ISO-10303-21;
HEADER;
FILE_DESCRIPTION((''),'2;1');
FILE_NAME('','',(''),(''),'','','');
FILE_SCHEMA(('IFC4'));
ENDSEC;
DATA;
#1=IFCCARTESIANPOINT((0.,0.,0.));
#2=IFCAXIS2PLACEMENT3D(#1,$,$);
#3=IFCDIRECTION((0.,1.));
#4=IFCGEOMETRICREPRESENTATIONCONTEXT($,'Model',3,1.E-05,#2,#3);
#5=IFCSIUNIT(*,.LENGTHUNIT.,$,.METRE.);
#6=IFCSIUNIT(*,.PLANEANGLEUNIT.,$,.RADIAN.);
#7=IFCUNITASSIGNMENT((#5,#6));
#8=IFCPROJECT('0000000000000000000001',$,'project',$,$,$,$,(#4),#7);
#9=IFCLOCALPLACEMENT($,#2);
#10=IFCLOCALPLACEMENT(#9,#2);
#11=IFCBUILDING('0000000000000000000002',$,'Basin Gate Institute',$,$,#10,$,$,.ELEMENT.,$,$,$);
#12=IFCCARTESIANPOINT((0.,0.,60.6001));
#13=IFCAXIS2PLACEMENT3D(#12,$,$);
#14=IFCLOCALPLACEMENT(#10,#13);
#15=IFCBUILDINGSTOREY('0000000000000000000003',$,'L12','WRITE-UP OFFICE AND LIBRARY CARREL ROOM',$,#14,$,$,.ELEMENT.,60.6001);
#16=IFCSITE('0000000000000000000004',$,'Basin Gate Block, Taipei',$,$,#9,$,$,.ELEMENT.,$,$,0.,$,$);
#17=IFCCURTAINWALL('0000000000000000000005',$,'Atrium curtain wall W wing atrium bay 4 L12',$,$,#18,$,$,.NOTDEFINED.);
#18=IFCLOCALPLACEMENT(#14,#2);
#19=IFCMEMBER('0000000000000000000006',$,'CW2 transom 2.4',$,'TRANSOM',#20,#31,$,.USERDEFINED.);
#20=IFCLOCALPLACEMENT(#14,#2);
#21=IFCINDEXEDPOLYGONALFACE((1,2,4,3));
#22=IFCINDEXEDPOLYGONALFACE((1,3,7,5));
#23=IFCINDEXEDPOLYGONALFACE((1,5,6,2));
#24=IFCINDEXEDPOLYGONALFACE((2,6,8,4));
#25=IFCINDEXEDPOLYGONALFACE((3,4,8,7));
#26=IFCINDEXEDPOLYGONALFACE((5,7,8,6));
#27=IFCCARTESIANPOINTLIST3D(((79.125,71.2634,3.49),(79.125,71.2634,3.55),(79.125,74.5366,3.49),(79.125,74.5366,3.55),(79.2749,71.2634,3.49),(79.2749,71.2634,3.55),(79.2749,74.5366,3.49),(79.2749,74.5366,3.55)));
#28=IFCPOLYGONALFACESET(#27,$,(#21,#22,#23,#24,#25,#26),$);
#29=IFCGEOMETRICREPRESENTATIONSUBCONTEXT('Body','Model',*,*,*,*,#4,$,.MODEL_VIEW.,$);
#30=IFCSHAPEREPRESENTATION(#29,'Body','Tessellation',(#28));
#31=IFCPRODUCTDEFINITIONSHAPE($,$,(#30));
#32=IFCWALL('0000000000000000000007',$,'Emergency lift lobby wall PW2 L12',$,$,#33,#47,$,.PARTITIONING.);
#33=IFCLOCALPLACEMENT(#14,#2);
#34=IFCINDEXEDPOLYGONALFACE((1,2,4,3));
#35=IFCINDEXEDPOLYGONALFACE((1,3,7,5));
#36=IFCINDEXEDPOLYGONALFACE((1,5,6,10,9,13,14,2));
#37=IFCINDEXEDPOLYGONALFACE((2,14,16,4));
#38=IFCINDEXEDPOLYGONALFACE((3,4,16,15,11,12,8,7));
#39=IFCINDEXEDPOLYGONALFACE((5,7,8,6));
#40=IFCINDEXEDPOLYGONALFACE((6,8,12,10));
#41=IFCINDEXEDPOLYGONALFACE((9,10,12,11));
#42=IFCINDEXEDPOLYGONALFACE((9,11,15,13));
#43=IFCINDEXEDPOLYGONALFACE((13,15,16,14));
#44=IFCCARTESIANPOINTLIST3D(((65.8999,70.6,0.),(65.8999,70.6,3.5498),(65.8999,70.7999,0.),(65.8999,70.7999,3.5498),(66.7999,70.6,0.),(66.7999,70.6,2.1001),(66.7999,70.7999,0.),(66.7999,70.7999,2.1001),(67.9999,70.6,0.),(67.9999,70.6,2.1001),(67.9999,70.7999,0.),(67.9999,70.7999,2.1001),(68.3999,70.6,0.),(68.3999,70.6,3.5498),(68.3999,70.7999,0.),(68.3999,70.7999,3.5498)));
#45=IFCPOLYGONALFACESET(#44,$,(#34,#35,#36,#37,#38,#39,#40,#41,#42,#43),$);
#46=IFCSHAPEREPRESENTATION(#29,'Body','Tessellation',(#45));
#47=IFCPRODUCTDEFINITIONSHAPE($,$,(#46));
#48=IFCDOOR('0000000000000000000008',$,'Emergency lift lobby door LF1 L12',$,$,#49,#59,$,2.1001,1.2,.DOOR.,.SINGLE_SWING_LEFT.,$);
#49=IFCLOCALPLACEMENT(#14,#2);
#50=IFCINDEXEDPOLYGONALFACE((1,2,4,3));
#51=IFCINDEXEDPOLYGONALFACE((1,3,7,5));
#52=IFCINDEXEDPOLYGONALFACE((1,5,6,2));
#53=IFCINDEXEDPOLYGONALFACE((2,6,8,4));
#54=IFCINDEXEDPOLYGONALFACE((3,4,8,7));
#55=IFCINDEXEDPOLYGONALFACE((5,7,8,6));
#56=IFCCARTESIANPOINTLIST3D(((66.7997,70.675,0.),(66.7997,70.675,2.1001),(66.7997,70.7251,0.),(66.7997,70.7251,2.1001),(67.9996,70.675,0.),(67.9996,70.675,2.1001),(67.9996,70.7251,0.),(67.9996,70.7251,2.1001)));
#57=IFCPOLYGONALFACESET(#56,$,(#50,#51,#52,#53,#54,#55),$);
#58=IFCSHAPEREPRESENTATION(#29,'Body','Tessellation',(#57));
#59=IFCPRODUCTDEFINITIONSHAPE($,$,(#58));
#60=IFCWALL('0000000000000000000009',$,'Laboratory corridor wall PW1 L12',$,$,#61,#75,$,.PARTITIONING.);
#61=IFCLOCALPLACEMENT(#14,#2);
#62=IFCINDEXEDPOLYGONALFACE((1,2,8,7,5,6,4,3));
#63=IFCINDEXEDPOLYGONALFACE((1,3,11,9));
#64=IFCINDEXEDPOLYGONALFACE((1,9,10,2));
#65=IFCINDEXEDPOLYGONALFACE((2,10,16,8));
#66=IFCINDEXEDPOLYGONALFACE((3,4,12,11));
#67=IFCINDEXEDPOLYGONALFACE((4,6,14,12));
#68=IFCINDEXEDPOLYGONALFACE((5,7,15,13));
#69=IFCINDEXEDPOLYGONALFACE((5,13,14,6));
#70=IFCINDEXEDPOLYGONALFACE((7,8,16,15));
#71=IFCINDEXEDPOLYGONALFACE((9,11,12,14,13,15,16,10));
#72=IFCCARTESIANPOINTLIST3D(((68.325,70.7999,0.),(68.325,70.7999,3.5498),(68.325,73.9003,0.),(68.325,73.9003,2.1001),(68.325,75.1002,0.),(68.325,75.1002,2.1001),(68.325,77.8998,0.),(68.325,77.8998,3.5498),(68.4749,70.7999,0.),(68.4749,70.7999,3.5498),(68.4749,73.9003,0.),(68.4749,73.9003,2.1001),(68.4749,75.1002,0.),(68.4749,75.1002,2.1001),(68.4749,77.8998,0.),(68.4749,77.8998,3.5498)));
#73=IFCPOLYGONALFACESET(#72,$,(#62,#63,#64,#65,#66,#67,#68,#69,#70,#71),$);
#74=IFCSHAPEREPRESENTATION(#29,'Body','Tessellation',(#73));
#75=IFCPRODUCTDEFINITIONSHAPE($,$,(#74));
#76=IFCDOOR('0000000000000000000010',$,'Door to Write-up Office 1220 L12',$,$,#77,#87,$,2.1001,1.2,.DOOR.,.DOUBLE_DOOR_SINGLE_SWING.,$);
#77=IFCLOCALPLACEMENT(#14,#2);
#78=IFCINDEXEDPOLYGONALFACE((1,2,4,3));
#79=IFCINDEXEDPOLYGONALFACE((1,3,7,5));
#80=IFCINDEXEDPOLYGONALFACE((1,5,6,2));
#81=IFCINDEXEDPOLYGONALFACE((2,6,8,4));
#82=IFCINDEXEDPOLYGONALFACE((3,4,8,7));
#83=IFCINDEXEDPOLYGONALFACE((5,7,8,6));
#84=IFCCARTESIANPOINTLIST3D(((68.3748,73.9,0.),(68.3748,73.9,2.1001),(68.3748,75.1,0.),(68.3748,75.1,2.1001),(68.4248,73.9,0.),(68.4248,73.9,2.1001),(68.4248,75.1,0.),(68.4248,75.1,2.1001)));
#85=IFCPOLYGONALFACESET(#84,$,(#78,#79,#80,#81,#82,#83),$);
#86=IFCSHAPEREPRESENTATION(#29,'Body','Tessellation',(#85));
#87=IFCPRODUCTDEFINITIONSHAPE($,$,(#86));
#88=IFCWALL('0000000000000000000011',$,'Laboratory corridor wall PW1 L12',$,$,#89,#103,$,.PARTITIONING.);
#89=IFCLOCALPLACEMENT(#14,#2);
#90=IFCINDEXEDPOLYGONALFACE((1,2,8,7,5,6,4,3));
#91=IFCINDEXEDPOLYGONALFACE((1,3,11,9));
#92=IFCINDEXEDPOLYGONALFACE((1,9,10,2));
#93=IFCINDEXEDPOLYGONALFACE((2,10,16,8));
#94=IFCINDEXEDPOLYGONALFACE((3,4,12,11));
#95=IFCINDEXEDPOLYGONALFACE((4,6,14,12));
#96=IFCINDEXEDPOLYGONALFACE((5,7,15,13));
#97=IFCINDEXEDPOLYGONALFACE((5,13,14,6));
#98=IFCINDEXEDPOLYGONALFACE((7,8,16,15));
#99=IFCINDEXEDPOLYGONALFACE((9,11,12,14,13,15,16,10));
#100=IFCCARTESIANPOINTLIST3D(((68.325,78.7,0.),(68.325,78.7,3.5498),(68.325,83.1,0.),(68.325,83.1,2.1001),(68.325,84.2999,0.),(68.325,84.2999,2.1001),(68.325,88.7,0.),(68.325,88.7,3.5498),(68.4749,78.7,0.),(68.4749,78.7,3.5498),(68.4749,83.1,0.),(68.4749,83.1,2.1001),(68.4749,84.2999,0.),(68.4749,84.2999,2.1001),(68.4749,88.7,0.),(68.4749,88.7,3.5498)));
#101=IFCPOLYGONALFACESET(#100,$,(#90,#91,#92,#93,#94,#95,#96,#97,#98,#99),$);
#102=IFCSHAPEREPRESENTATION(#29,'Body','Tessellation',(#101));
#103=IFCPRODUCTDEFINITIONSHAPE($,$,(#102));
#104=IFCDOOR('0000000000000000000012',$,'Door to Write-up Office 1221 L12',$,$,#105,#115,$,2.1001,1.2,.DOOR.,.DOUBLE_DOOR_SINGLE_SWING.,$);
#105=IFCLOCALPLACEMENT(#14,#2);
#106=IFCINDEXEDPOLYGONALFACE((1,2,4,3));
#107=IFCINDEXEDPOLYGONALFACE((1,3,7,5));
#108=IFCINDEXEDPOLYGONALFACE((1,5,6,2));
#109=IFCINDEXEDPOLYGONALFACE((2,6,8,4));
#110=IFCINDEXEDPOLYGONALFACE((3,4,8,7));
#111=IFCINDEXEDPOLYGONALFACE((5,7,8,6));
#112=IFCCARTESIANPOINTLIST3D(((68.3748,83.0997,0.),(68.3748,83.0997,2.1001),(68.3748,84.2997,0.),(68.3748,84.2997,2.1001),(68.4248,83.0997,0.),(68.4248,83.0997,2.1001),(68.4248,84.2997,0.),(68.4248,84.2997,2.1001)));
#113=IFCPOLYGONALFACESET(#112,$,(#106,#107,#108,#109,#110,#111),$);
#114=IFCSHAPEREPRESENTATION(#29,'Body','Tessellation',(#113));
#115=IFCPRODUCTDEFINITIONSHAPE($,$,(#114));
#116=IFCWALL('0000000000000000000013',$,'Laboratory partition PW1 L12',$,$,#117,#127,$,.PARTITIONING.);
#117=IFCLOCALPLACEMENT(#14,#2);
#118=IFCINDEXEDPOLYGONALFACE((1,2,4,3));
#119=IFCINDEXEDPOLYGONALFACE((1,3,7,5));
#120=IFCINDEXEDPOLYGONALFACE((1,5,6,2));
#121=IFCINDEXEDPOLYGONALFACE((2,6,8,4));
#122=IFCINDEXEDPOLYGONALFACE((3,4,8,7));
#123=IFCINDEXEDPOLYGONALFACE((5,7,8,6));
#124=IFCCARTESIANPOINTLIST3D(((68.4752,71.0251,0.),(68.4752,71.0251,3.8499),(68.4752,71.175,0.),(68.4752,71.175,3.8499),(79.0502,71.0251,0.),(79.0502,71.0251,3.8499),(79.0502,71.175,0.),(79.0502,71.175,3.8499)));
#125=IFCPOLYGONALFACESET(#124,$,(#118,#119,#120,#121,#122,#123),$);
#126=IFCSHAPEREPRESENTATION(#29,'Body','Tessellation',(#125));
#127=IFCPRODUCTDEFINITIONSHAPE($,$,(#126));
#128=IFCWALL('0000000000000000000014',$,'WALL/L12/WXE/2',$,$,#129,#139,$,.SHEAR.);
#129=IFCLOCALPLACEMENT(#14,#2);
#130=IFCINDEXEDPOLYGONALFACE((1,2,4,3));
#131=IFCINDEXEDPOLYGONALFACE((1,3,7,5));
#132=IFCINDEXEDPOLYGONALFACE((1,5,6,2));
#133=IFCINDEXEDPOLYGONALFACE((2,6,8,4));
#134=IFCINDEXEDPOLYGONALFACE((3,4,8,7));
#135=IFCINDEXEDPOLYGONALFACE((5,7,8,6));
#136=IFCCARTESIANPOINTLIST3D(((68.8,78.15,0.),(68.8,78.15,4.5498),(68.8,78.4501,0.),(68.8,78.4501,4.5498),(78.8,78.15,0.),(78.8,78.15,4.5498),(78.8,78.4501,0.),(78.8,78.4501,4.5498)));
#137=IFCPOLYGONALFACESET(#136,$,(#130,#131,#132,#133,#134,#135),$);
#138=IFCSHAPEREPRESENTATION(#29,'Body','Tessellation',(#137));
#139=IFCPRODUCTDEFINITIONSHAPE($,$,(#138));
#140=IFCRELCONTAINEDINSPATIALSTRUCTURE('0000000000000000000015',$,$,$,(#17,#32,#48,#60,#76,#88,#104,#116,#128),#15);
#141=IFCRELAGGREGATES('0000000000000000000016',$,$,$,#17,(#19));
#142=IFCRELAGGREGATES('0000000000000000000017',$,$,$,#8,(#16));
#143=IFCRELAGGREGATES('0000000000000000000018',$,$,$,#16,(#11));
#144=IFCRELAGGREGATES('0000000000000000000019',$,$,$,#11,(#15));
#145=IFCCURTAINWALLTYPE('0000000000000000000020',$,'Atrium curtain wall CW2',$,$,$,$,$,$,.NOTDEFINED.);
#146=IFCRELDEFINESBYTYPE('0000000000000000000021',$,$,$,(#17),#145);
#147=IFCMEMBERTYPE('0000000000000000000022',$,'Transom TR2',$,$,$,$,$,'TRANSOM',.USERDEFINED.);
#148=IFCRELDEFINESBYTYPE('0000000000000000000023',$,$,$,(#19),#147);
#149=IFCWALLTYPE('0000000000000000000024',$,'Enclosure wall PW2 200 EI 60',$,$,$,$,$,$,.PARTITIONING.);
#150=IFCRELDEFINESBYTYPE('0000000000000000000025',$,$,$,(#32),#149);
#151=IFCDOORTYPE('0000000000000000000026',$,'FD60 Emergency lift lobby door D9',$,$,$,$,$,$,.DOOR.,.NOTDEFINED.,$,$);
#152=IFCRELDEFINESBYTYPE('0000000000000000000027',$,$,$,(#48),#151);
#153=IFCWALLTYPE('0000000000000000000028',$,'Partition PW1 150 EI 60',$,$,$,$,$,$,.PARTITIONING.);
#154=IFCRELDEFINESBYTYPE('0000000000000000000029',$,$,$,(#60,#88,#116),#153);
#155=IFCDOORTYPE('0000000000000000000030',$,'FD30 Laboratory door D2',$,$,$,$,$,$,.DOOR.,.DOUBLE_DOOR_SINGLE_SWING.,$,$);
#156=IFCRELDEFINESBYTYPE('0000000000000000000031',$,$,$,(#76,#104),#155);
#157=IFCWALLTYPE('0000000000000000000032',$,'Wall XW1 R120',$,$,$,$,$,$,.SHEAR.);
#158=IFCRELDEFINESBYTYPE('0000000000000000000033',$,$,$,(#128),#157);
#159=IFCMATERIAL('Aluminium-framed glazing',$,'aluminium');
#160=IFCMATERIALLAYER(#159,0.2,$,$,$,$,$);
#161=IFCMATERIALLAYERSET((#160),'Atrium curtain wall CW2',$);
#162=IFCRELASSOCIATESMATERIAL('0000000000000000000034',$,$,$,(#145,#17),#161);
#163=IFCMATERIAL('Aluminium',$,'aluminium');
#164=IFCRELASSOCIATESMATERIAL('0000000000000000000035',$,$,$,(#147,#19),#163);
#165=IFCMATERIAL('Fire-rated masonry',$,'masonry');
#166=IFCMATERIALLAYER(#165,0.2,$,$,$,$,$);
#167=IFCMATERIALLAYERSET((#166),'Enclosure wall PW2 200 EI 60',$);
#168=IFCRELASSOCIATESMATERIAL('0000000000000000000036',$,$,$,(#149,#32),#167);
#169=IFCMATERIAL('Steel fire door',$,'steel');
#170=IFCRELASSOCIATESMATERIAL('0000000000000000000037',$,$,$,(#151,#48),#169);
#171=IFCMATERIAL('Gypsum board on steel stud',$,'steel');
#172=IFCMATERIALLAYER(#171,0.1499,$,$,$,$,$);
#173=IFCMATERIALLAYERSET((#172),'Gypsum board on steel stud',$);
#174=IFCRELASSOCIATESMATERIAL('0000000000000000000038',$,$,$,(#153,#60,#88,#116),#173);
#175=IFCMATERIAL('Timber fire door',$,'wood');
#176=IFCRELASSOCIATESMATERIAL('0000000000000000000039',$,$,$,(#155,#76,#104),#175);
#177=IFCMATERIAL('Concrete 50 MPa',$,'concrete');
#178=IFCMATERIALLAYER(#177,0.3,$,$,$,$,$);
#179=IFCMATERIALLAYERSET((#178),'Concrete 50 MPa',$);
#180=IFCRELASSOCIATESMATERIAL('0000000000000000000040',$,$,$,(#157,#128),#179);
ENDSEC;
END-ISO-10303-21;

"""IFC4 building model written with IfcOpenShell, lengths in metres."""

from ifc_helpers import new_model, si_unit, direction, frame, frame_2d, origin, origin_2d, place, context, subcontext, project, spatial, rectangle, extrude, material, layer, layer_set, material_profile, profile_set, type_object, element, fill, aggregate, save


model = new_model("IFC4")

# Units and contexts
model_context = context("Model", 3, precision=1e-05, world=origin(), true_north=direction((0.0, 1.0)))
body_context = subcontext(model_context, "Body", "Model", "MODEL_VIEW")
ifc_project = project(units=[si_unit("LENGTHUNIT", "METRE"), si_unit("PLANEANGLEUNIT", "RADIAN")], contexts=[model_context])

# Site, building, storey
site_placement = place(None, origin())
site = spatial("IfcSite", under=ifc_project, at=site_placement, Name="Basin Gate Block, Taipei", CompositionType="ELEMENT", RefElevation=0.0)
building_placement = place(site_placement, origin())
building = spatial("IfcBuilding", under=site, at=building_placement, Name="Basin Gate Institute", CompositionType="ELEMENT")
storey_placement = place(building_placement, frame((0.0, 0.0, 60.6001)))
storey = spatial("IfcBuildingStorey", under=building, at=storey_placement, Name="L12", Description="WRITE-UP OFFICE AND LIBRARY CARREL ROOM", CompositionType="ELEMENT", Elevation=60.6001)

# Curtain wall
ifc_material_1 = material(Name="Aluminium-framed glazing", Category="aluminium")
ifc_layer_1 = layer(ifc_material_1, 0.2)
ifc_layer_set_1 = layer_set([ifc_layer_1], Name="Atrium curtain wall CW2")
curtain_wall_type = type_object("IfcCurtainWallType", Name="Atrium curtain wall CW2", PredefinedType="NOTDEFINED", material=ifc_layer_set_1)
curtain_wall_placement = place(storey_placement, origin())
curtain_wall = element("IfcCurtainWall", 1, at=curtain_wall_placement, inside=storey, type_object=curtain_wall_type, material=ifc_layer_set_1, Name="Atrium curtain wall W wing atrium bay 4 L12", PredefinedType="NOTDEFINED")

# Member
ifc_material_2 = material(Name="Aluminium", Category="aluminium")
ifc_material_profile_1 = material_profile(ifc_material_2, rectangle(XDim=0.1499, YDim=0.0601, at=origin_2d()), Name="Transom TR2 150 x 60")
ifc_profile_set_1 = profile_set([ifc_material_profile_1], Name="Aluminium")
member_type_1 = type_object("IfcMemberType", Name="Transom TR2", ElementType="TRANSOM", PredefinedType="USERDEFINED", material=ifc_profile_set_1)
member_1_placement = place(storey_placement, frame((79.2, 71.2634, 3.52), z_axis=(0.0, 1.0, 0.0), x_axis=(-1.0, 0.0, 0.0)))
member_1 = element("IfcMember", 2, at=member_1_placement, type_object=member_type_1, material=ifc_profile_set_1, Name="CW2 transom 2.4", ObjectType="TRANSOM", PredefinedType="USERDEFINED", context=body_context, shape_type="SweptSolid", body=[
    extrude(rectangle(XDim=0.1499, YDim=0.0601, at=origin_2d()), origin(), (0.0, 0.0, 1.0), 3.2732),
])
aggregate(curtain_wall, [member_1])

# Walls, openings, doors
ifc_material_3 = material(Name="Fire-rated masonry", Category="masonry")
ifc_layer_2 = layer(ifc_material_3, 0.2)
ifc_layer_set_2 = layer_set([ifc_layer_2], Name="Enclosure wall PW2 200 EI 60")
wall_type_1 = type_object("IfcWallType", Name="Enclosure wall PW2 200 EI 60", PredefinedType="PARTITIONING", material=ifc_layer_set_2)
wall_1_placement = place(storey_placement, frame((65.8999, 70.7, 0.0), z_axis=(0.0, 0.0, 1.0), x_axis=(1.0, 0.0, 0.0)))
wall_1 = element("IfcWall", 3, at=wall_1_placement, inside=storey, type_object=wall_type_1, material=ifc_layer_set_2, Name="Emergency lift lobby wall PW2 L12", PredefinedType="PARTITIONING", context=body_context, shape_type="SweptSolid", body=[
    extrude(rectangle(XDim=2.5, YDim=0.2, at=frame_2d((1.25, 0.0))), origin(), (0.0, 0.0, 1.0), 3.5498),
])
opening_1_placement = place(wall_1_placement, frame((0.8999, 0.0, 0.0)))
opening_1 = element("IfcOpeningElement", 4, at=opening_1_placement, cuts=wall_1, PredefinedType="OPENING", context=body_context, shape_type="SweptSolid", body=[
    extrude(rectangle(XDim=1.2, YDim=2.1001, at=frame_2d((0.6001, 1.05))), frame((0.0, 0.1099, 0.0), z_axis=(0.0, -1.0, 0.0), x_axis=(1.0, 0.0, 0.0)), (0.0, 0.0, 1.0), 0.22),
])
ifc_material_4 = material(Name="Steel fire door", Category="steel")
door_type_1 = type_object("IfcDoorType", Name="FD60 Emergency lift lobby door D9", OperationType="NOTDEFINED", PredefinedType="DOOR", material=ifc_material_4)
door_1_placement = place(opening_1_placement, frame((1.2, 0.0, 0.0), z_axis=(0.0, 0.0, 1.0), x_axis=(-1.0, 0.0, 0.0)))
door_1 = element("IfcDoor", 5, at=door_1_placement, inside=storey, type_object=door_type_1, material=ifc_material_4, Name="Emergency lift lobby door LF1 L12", OperationType="SINGLE_SWING_LEFT", OverallHeight=2.1001, OverallWidth=1.2, PredefinedType="DOOR", context=body_context, shape_type="SweptSolid", body=[
    extrude(rectangle(XDim=1.2, YDim=2.1001, at=frame_2d((0.6001, 1.05))), frame((0.0, 0.0249, 0.0), z_axis=(0.0, -1.0, 0.0), x_axis=(1.0, 0.0, 0.0)), (0.0, 0.0, 1.0), 0.05),
])
fill(opening_1, door_1)
ifc_material_5 = material(Name="Gypsum board on steel stud", Category="steel")
ifc_layer_3 = layer(ifc_material_5, 0.1499)
ifc_layer_set_3 = layer_set([ifc_layer_3], Name="Gypsum board on steel stud")
wall_type_2 = type_object("IfcWallType", Name="Partition PW1 150 EI 60", PredefinedType="PARTITIONING", material=ifc_layer_set_3)
wall_2_placement = place(storey_placement, frame((68.3999, 70.8, 0.0), z_axis=(0.0, 0.0, 1.0), x_axis=(0.0, 1.0, 0.0)))
wall_2 = element("IfcWall", 6, at=wall_2_placement, inside=storey, type_object=wall_type_2, material=ifc_layer_set_3, Name="Laboratory corridor wall PW1 L12", PredefinedType="PARTITIONING", context=body_context, shape_type="SweptSolid", body=[
    extrude(rectangle(XDim=7.0999, YDim=0.1499, at=frame_2d((3.5498, 0.0))), origin(), (0.0, 0.0, 1.0), 3.5498),
])
opening_2_placement = place(wall_2_placement, frame((3.1001, 0.0, 0.0)))
opening_2 = element("IfcOpeningElement", 7, at=opening_2_placement, cuts=wall_2, PredefinedType="OPENING", context=body_context, shape_type="SweptSolid", body=[
    extrude(rectangle(XDim=1.2, YDim=2.1001, at=frame_2d((0.6001, 1.05))), frame((0.0, 0.085, 0.0), z_axis=(0.0, -1.0, 0.0), x_axis=(1.0, 0.0, 0.0)), (0.0, 0.0, 1.0), 0.1699),
])
ifc_material_6 = material(Name="Timber fire door", Category="wood")
door_type_2 = type_object("IfcDoorType", Name="FD30 Laboratory door D2", OperationType="DOUBLE_DOOR_SINGLE_SWING", PredefinedType="DOOR", material=ifc_material_6)
door_2_placement = place(opening_2_placement, frame((1.2, 0.0, 0.0), z_axis=(0.0, 0.0, 1.0), x_axis=(-1.0, 0.0, 0.0)))
door_2 = element("IfcDoor", 8, at=door_2_placement, inside=storey, type_object=door_type_2, material=ifc_material_6, Name="Door to Write-up Office 1220 L12", OperationType="DOUBLE_DOOR_SINGLE_SWING", OverallHeight=2.1001, OverallWidth=1.2, PredefinedType="DOOR", context=body_context, shape_type="SweptSolid", body=[
    extrude(rectangle(XDim=1.2, YDim=2.1001, at=frame_2d((0.6001, 1.05))), frame((0.0, 0.0249, 0.0), z_axis=(0.0, -1.0, 0.0), x_axis=(1.0, 0.0, 0.0)), (0.0, 0.0, 1.0), 0.05),
])
fill(opening_2, door_2)
wall_3_placement = place(storey_placement, frame((68.3999, 78.7, 0.0), z_axis=(0.0, 0.0, 1.0), x_axis=(0.0, 1.0, 0.0)))
wall_3 = element("IfcWall", 9, at=wall_3_placement, inside=storey, type_object=wall_type_2, material=ifc_layer_set_3, Name="Laboratory corridor wall PW1 L12", PredefinedType="PARTITIONING", context=body_context, shape_type="SweptSolid", body=[
    extrude(rectangle(XDim=10.0, YDim=0.1499, at=frame_2d((5.0, 0.0))), origin(), (0.0, 0.0, 1.0), 3.5498),
])
opening_3_placement = place(wall_3_placement, frame((4.3999, 0.0, 0.0)))
opening_3 = element("IfcOpeningElement", 10, at=opening_3_placement, cuts=wall_3, PredefinedType="OPENING", context=body_context, shape_type="SweptSolid", body=[
    extrude(rectangle(XDim=1.2, YDim=2.1001, at=frame_2d((0.6001, 1.05))), frame((0.0, 0.085, 0.0), z_axis=(0.0, -1.0, 0.0), x_axis=(1.0, 0.0, 0.0)), (0.0, 0.0, 1.0), 0.1699),
])
door_3_placement = place(opening_3_placement, frame((1.2, 0.0, 0.0), z_axis=(0.0, 0.0, 1.0), x_axis=(-1.0, 0.0, 0.0)))
door_3 = element("IfcDoor", 11, at=door_3_placement, inside=storey, type_object=door_type_2, material=ifc_material_6, Name="Door to Write-up Office 1221 L12", OperationType="DOUBLE_DOOR_SINGLE_SWING", OverallHeight=2.1001, OverallWidth=1.2, PredefinedType="DOOR", context=body_context, shape_type="SweptSolid", body=[
    extrude(rectangle(XDim=1.2, YDim=2.1001, at=frame_2d((0.6001, 1.05))), frame((0.0, 0.0249, 0.0), z_axis=(0.0, -1.0, 0.0), x_axis=(1.0, 0.0, 0.0)), (0.0, 0.0, 1.0), 0.05),
])
fill(opening_3, door_3)

# Walls
wall_4_placement = place(storey_placement, frame((68.4751, 71.1001, 0.0), z_axis=(0.0, 0.0, 1.0), x_axis=(1.0, 0.0, 0.0)))
element("IfcWall", 12, at=wall_4_placement, inside=storey, type_object=wall_type_2, material=ifc_layer_set_3, Name="Laboratory partition PW1 L12", PredefinedType="PARTITIONING", context=body_context, shape_type="SweptSolid", body=[
    extrude(rectangle(XDim=10.575, YDim=0.1499, at=frame_2d((5.2876, 0.0))), origin(), (0.0, 0.0, 1.0), 3.8499),
])
ifc_material_7 = material(Name="Concrete 50 MPa", Category="concrete")
ifc_layer_4 = layer(ifc_material_7, 0.3)
ifc_layer_set_4 = layer_set([ifc_layer_4], Name="Concrete 50 MPa")
wall_type_3 = type_object("IfcWallType", Name="Wall XW1 R120", PredefinedType="SHEAR", material=ifc_layer_set_4)
wall_5_placement = place(storey_placement, frame((68.8, 78.3, 0.0), z_axis=(0.0, 0.0, 1.0), x_axis=(1.0, 0.0, 0.0)))
element("IfcWall", 13, at=wall_5_placement, inside=storey, type_object=wall_type_3, material=ifc_layer_set_4, Name="WALL/L12/WXE/2", PredefinedType="SHEAR", context=body_context, shape_type="SweptSolid", body=[
    extrude(rectangle(XDim=10.0, YDim=0.3, at=frame_2d((5.0, 0.0))), origin(), (0.0, 0.0, 1.0), 4.5498),
])

save(model, "model.ifc")
